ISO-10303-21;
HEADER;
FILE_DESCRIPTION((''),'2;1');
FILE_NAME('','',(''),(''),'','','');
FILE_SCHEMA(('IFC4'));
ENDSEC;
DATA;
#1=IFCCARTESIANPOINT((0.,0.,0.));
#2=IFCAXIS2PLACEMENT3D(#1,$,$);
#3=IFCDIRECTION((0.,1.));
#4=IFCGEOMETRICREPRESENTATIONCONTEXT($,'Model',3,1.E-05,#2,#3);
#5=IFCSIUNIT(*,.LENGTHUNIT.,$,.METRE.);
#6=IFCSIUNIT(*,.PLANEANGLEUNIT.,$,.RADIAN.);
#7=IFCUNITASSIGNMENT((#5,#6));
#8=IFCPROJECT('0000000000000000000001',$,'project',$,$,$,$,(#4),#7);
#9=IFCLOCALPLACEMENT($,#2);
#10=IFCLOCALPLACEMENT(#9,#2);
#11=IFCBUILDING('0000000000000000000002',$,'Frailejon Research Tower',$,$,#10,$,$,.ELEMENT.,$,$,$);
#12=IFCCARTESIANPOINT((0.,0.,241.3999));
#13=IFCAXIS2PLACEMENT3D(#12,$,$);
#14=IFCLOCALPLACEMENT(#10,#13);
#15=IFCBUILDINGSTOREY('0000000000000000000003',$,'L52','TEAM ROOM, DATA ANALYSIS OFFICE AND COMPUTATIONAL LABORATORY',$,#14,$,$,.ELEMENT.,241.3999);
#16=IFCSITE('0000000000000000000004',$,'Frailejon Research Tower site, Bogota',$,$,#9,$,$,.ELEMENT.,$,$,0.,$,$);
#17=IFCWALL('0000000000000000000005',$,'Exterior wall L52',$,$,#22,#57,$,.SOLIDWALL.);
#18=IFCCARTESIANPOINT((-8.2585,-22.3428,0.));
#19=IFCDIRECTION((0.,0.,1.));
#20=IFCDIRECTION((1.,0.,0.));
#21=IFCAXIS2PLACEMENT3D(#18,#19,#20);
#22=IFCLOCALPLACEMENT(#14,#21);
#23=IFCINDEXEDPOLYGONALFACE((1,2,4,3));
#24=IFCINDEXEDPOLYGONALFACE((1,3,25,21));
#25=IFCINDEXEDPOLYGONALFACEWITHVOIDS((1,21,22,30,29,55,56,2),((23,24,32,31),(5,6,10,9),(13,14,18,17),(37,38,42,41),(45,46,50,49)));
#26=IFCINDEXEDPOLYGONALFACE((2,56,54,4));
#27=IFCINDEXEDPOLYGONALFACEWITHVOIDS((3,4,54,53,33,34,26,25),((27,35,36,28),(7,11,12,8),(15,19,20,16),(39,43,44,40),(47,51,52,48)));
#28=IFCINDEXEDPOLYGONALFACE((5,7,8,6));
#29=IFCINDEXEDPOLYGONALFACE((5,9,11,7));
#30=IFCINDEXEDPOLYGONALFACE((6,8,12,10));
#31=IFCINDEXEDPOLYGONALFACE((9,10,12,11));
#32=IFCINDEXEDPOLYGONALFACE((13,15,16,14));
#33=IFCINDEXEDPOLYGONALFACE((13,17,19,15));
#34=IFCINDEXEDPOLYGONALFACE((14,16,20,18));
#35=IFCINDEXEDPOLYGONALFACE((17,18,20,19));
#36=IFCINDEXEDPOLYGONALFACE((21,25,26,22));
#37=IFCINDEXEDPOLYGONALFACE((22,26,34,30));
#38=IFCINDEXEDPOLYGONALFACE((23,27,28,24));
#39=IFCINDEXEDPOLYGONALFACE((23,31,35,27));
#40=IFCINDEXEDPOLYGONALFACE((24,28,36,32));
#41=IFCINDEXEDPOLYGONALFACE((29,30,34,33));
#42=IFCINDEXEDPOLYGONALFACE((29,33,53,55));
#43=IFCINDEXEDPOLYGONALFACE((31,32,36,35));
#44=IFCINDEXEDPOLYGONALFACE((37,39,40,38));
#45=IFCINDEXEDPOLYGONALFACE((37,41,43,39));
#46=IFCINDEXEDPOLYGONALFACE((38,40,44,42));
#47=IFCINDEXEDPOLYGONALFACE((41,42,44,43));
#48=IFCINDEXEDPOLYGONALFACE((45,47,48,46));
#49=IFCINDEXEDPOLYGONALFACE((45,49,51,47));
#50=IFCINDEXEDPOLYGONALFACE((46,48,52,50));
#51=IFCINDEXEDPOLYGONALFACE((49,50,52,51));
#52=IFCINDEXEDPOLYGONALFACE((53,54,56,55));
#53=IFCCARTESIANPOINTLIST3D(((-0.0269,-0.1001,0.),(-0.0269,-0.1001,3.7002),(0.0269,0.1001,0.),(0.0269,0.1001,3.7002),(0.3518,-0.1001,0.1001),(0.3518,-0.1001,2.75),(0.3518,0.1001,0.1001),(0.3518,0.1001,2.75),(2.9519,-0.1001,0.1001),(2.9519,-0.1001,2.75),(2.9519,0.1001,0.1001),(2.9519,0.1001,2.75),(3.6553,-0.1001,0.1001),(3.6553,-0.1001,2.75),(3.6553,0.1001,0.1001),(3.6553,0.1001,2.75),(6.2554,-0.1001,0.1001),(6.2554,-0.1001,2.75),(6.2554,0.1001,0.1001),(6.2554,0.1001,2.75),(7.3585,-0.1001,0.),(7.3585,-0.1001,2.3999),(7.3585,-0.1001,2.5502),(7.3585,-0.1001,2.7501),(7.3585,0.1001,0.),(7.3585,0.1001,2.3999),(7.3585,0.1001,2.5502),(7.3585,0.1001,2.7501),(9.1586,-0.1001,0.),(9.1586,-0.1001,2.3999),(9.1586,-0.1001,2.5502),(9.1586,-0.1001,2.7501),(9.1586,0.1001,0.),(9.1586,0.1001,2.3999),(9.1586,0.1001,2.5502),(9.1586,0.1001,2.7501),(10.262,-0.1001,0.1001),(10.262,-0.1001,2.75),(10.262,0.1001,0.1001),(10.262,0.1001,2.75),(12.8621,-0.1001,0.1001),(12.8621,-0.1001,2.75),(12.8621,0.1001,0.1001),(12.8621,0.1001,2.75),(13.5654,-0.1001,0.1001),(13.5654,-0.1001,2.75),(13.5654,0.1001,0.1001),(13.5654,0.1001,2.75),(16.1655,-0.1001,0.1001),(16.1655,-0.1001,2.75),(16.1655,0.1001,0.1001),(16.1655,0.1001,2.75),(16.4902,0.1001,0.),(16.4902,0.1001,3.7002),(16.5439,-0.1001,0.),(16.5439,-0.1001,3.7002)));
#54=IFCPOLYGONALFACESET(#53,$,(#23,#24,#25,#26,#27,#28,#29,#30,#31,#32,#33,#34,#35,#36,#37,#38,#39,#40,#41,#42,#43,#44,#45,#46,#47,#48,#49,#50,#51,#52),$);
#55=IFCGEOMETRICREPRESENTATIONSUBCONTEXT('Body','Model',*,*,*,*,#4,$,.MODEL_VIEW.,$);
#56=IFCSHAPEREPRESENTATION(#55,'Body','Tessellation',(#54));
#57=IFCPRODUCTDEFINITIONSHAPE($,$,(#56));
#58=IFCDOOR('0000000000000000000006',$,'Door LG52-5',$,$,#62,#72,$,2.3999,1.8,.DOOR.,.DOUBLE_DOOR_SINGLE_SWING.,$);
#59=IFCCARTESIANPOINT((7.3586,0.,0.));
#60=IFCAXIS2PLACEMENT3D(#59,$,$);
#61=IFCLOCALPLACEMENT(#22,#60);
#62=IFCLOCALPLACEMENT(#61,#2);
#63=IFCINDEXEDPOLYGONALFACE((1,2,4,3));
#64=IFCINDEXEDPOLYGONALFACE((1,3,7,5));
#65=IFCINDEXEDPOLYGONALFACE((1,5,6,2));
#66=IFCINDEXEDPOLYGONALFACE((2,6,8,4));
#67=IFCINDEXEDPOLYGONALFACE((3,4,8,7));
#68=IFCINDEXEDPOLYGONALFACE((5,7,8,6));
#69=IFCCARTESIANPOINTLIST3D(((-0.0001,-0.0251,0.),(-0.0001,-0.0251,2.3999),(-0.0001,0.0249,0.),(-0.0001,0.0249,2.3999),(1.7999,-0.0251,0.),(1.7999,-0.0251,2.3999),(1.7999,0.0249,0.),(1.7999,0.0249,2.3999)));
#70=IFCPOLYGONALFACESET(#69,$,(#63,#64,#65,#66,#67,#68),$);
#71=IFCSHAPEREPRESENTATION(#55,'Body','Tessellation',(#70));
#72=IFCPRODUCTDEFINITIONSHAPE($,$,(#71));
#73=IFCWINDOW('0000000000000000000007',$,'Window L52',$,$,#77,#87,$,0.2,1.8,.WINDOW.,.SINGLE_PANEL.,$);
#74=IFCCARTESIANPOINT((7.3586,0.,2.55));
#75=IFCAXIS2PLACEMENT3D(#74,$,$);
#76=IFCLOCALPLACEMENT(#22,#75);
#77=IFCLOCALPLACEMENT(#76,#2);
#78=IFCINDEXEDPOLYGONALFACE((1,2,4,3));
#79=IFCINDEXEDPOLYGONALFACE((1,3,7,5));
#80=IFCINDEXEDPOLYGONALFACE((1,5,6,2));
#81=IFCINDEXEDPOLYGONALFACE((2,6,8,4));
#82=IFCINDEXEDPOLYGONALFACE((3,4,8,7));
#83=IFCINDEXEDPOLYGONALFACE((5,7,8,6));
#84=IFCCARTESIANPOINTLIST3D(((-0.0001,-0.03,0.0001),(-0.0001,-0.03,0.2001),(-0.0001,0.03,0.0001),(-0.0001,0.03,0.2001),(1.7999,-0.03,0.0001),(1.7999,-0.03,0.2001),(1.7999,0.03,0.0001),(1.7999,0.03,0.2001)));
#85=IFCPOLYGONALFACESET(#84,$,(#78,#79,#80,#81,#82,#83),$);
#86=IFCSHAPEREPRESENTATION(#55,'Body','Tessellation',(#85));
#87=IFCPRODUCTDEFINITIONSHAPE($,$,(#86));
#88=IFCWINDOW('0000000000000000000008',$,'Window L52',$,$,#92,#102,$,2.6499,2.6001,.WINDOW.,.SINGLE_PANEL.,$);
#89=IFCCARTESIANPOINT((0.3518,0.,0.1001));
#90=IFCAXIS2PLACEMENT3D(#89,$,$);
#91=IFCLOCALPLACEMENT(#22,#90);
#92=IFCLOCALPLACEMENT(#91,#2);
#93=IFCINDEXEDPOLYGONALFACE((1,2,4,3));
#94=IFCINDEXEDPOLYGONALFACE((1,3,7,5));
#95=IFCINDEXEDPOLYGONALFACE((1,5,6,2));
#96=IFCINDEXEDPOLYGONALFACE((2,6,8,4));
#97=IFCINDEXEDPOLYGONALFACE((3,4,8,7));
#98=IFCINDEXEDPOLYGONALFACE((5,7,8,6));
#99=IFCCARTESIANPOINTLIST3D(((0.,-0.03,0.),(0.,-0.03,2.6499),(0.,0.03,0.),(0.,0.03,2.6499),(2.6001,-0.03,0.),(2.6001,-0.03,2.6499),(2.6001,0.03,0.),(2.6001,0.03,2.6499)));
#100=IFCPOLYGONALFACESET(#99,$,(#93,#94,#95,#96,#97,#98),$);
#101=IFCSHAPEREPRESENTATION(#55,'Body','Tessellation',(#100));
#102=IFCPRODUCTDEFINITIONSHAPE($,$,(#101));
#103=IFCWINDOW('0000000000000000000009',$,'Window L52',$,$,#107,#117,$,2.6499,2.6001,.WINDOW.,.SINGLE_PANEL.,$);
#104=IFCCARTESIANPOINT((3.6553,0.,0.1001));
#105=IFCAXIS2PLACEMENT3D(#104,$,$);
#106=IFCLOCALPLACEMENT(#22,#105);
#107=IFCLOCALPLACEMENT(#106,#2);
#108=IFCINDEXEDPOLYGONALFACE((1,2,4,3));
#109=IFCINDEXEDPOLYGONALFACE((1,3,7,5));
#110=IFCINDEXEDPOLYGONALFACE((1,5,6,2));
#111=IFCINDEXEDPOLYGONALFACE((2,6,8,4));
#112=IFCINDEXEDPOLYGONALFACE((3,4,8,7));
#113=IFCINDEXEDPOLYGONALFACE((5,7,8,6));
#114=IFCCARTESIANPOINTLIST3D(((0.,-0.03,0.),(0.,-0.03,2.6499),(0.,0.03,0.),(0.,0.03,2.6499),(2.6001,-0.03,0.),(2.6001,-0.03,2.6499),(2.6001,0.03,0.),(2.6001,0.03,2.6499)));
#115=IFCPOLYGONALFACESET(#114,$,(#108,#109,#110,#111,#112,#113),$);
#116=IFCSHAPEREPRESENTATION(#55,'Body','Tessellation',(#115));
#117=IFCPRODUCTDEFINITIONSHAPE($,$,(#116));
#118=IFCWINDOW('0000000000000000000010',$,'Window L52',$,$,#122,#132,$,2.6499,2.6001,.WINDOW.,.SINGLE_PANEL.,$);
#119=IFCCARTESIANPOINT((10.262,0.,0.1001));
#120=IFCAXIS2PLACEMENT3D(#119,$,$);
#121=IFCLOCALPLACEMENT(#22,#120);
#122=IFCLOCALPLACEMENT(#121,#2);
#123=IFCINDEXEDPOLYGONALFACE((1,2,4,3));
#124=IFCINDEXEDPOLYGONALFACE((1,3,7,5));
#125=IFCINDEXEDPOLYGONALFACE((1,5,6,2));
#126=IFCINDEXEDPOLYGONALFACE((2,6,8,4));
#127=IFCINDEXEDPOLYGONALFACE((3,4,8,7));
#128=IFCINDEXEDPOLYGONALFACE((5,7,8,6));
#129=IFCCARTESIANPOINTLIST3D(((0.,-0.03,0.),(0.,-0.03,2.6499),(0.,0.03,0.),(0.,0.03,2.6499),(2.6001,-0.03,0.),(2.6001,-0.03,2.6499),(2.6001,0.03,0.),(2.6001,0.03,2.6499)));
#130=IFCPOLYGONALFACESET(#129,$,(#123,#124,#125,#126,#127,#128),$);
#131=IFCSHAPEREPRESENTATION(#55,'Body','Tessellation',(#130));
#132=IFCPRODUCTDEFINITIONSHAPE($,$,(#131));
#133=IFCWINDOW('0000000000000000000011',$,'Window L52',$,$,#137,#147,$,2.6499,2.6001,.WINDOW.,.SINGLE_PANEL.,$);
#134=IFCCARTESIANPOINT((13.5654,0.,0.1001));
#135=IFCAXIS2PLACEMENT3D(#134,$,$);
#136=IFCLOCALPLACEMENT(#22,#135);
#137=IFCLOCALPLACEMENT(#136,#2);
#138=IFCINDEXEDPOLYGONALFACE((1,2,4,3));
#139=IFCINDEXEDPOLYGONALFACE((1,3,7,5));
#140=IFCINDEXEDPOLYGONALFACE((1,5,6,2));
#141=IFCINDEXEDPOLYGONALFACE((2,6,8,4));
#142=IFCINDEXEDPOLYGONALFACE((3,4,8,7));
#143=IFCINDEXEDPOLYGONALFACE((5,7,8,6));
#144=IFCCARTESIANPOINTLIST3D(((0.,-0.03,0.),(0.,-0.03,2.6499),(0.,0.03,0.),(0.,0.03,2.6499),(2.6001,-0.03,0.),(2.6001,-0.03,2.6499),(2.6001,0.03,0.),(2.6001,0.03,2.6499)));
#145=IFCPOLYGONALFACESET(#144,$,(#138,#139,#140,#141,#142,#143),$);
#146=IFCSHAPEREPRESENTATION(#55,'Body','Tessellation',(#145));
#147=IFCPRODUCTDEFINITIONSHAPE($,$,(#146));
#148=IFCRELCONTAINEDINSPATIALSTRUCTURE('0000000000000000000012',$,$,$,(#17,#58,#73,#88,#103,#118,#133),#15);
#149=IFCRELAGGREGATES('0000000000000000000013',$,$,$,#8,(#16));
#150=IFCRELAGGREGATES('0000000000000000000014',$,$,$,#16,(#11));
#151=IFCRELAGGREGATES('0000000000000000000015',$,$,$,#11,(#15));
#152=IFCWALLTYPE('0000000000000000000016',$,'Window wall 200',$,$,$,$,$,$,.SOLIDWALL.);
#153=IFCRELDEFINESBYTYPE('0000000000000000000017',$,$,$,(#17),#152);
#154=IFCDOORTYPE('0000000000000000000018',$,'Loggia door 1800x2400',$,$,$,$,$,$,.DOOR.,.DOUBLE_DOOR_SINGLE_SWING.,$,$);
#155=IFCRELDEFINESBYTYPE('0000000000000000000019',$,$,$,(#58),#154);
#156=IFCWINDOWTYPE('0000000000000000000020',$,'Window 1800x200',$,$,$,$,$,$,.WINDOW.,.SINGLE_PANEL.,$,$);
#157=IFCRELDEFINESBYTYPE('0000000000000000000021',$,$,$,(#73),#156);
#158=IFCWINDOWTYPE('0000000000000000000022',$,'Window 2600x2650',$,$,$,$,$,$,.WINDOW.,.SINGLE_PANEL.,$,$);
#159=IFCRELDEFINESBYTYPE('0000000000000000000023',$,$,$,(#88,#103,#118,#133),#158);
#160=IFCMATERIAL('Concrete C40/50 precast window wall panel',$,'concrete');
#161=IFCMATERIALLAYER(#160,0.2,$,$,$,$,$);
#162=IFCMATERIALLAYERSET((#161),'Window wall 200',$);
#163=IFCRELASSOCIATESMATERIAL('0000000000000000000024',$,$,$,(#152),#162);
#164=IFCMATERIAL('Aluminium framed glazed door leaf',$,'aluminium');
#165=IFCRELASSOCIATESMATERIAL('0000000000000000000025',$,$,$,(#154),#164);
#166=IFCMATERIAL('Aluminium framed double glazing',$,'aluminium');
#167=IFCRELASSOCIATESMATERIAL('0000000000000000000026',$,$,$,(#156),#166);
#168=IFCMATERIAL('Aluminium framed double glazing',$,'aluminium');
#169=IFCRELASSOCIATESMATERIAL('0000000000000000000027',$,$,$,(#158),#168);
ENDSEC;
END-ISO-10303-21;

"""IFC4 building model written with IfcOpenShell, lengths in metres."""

from ifc_helpers import new_model, si_unit, direction, frame, frame_2d, origin, place, context, subcontext, project, spatial, polyline, rectangle, outline, extrude, material, layer, layer_set, type_object, element, fill, save


model = new_model("IFC4")

# Units and contexts
model_context = context("Model", 3, precision=1e-05, world=origin(), true_north=direction((0.0, 1.0)))
body_context = subcontext(model_context, "Body", "Model", "MODEL_VIEW")
ifc_project = project(units=[si_unit("LENGTHUNIT", "METRE"), si_unit("PLANEANGLEUNIT", "RADIAN")], contexts=[model_context])

# Site, building, storey
site_placement = place(None, origin())
site = spatial("IfcSite", under=ifc_project, at=site_placement, Name="Frailejon Research Tower site, Bogota", CompositionType="ELEMENT", RefElevation=0.0)
building_placement = place(site_placement, origin())
building = spatial("IfcBuilding", under=site, at=building_placement, Name="Frailejon Research Tower", CompositionType="ELEMENT")
storey_placement = place(building_placement, frame((0.0, 0.0, 241.3999)))
storey = spatial("IfcBuildingStorey", under=building, at=storey_placement, Name="L52", Description="TEAM ROOM, DATA ANALYSIS OFFICE AND COMPUTATIONAL LABORATORY", CompositionType="ELEMENT", Elevation=241.3999)

# Wall, openings, door, windows
ifc_material_1 = material(Name="Concrete C40/50 precast window wall panel", Category="concrete")
ifc_layer_1 = layer(ifc_material_1, 0.2)
ifc_layer_set_1 = layer_set([ifc_layer_1], Name="Window wall 200")
wall_type_1 = type_object("IfcWallType", Name="Window wall 200", PredefinedType="SOLIDWALL", material=ifc_layer_set_1)
wall_1_placement = place(storey_placement, frame((-8.2585, -22.3428, 0.0), z_axis=(0.0, 0.0, 1.0), x_axis=(1.0, 0.0, 0.0)))
wall_1 = element("IfcWall", 1, at=wall_1_placement, inside=storey, type_object=wall_type_1, Name="Exterior wall L52", PredefinedType="SOLIDWALL", context=body_context, shape_type="SweptSolid", body=[
    extrude(outline(polyline([(-0.0269, -0.1001), (1.0088, -0.1001), (2.0444, -0.1001), (3.0801, -0.1001), (4.1157, -0.1001), (5.1516, -0.1001), (6.1873, -0.1001), (7.2229, -0.1001), (8.2585, -0.1001), (9.2942, -0.1001), (10.3298, -0.1001), (11.3655, -0.1001), (12.4014, -0.1001), (13.437, -0.1001), (14.4727, -0.1001), (15.5083, -0.1001), (16.5439, -0.1001), (16.4902, 0.1001), (15.4612, 0.1001), (14.4324, 0.1001), (13.4033, 0.1001), (12.3745, 0.1001), (11.3455, 0.1001), (10.3164, 0.1001), (9.2876, 0.1001), (8.2585, 0.1001), (7.2295, 0.1001), (6.2007, 0.1001), (5.1716, 0.1001), (4.1426, 0.1001), (3.1138, 0.1001), (2.0847, 0.1001), (1.0559, 0.1001), (0.0269, 0.1001), (-0.0269, -0.1001)])), origin(), (0.0, 0.0, 1.0), 3.7002),
])
opening_1_placement = place(wall_1_placement, frame((0.3518, 0.0, 0.1001)))
opening_1 = element("IfcOpeningElement", 2, at=opening_1_placement, cuts=wall_1, PredefinedType="OPENING", context=body_context, shape_type="SweptSolid", body=[
    extrude(rectangle(XDim=2.6001, YDim=2.6499, at=frame_2d((1.3, 1.325))), frame((0.0, 0.1099, 0.0), z_axis=(0.0, -1.0, 0.0), x_axis=(1.0, 0.0, 0.0)), (0.0, 0.0, 1.0), 0.22),
])
opening_2_placement = place(wall_1_placement, frame((3.6553, 0.0, 0.1001)))
opening_2 = element("IfcOpeningElement", 3, at=opening_2_placement, cuts=wall_1, PredefinedType="OPENING", context=body_context, shape_type="SweptSolid", body=[
    extrude(rectangle(XDim=2.6001, YDim=2.6499, at=frame_2d((1.3, 1.325))), frame((0.0, 0.1099, 0.0), z_axis=(0.0, -1.0, 0.0), x_axis=(1.0, 0.0, 0.0)), (0.0, 0.0, 1.0), 0.22),
])
opening_3_placement = place(wall_1_placement, frame((7.3586, 0.0, 0.0)))
opening_3 = element("IfcOpeningElement", 4, at=opening_3_placement, cuts=wall_1, PredefinedType="OPENING", context=body_context, shape_type="SweptSolid", body=[
    extrude(rectangle(XDim=1.8, YDim=2.3999, at=frame_2d((0.8999, 1.2))), frame((0.0, 0.1099, 0.0), z_axis=(0.0, -1.0, 0.0), x_axis=(1.0, 0.0, 0.0)), (0.0, 0.0, 1.0), 0.22),
])
opening_4_placement = place(wall_1_placement, frame((7.3586, 0.0, 2.55)))
opening_4 = element("IfcOpeningElement", 5, at=opening_4_placement, cuts=wall_1, PredefinedType="OPENING", context=body_context, shape_type="SweptSolid", body=[
    extrude(rectangle(XDim=1.8, YDim=0.2, at=frame_2d((0.8999, 0.1001))), frame((0.0, 0.1099, 0.0), z_axis=(0.0, -1.0, 0.0), x_axis=(1.0, 0.0, 0.0)), (0.0, 0.0, 1.0), 0.22),
])
opening_5_placement = place(wall_1_placement, frame((10.262, 0.0, 0.1001)))
opening_5 = element("IfcOpeningElement", 6, at=opening_5_placement, cuts=wall_1, PredefinedType="OPENING", context=body_context, shape_type="SweptSolid", body=[
    extrude(rectangle(XDim=2.6001, YDim=2.6499, at=frame_2d((1.3, 1.325))), frame((0.0, 0.1099, 0.0), z_axis=(0.0, -1.0, 0.0), x_axis=(1.0, 0.0, 0.0)), (0.0, 0.0, 1.0), 0.22),
])
opening_6_placement = place(wall_1_placement, frame((13.5654, 0.0, 0.1001)))
opening_6 = element("IfcOpeningElement", 7, at=opening_6_placement, cuts=wall_1, PredefinedType="OPENING", context=body_context, shape_type="SweptSolid", body=[
    extrude(rectangle(XDim=2.6001, YDim=2.6499, at=frame_2d((1.3, 1.325))), frame((0.0, 0.1099, 0.0), z_axis=(0.0, -1.0, 0.0), x_axis=(1.0, 0.0, 0.0)), (0.0, 0.0, 1.0), 0.22),
])
ifc_material_2 = material(Name="Aluminium framed glazed door leaf", Category="aluminium")
door_type = type_object("IfcDoorType", Name="Loggia door 1800x2400", OperationType="DOUBLE_DOOR_SINGLE_SWING", PredefinedType="DOOR", material=ifc_material_2)
door_placement = place(opening_3_placement, origin())
door = element("IfcDoor", 8, at=door_placement, inside=storey, type_object=door_type, Name="Door LG52-5", OperationType="DOUBLE_DOOR_SINGLE_SWING", OverallHeight=2.3999, OverallWidth=1.8, PredefinedType="DOOR", context=body_context, shape_type="SweptSolid", body=[
    extrude(rectangle(XDim=1.8, YDim=2.3999, at=frame_2d((0.8999, 1.2))), frame((0.0, 0.0249, 0.0), z_axis=(0.0, -1.0, 0.0), x_axis=(1.0, 0.0, 0.0)), (0.0, 0.0, 1.0), 0.05),
])
fill(opening_3, door)
ifc_material_3 = material(Name="Aluminium framed double glazing", Category="aluminium")
window_type_1 = type_object("IfcWindowType", Name="Window 1800x200", PartitioningType="SINGLE_PANEL", PredefinedType="WINDOW", material=ifc_material_3)
window_1_placement = place(opening_4_placement, origin())
window_1 = element("IfcWindow", 9, at=window_1_placement, inside=storey, type_object=window_type_1, Name="Window L52", OverallHeight=0.2, OverallWidth=1.8, PartitioningType="SINGLE_PANEL", PredefinedType="WINDOW", context=body_context, shape_type="SweptSolid", body=[
    extrude(rectangle(XDim=1.8, YDim=0.2, at=frame_2d((0.8999, 0.1001))), frame((0.0, 0.03, 0.0), z_axis=(0.0, -1.0, 0.0), x_axis=(1.0, 0.0, 0.0)), (0.0, 0.0, 1.0), 0.0601),
])
fill(opening_4, window_1)
ifc_material_4 = material(Name="Aluminium framed double glazing", Category="aluminium")
window_type_2 = type_object("IfcWindowType", Name="Window 2600x2650", PartitioningType="SINGLE_PANEL", PredefinedType="WINDOW", material=ifc_material_4)
window_2_placement = place(opening_1_placement, origin())
window_2 = element("IfcWindow", 10, at=window_2_placement, inside=storey, type_object=window_type_2, Name="Window L52", OverallHeight=2.6499, OverallWidth=2.6001, PartitioningType="SINGLE_PANEL", PredefinedType="WINDOW", context=body_context, shape_type="SweptSolid", body=[
    extrude(rectangle(XDim=2.6001, YDim=2.6499, at=frame_2d((1.3, 1.325))), frame((0.0, 0.03, 0.0), z_axis=(0.0, -1.0, 0.0), x_axis=(1.0, 0.0, 0.0)), (0.0, 0.0, 1.0), 0.0601),
])
fill(opening_1, window_2)
window_3_placement = place(opening_2_placement, origin())
window_3 = element("IfcWindow", 11, at=window_3_placement, inside=storey, type_object=window_type_2, Name="Window L52", OverallHeight=2.6499, OverallWidth=2.6001, PartitioningType="SINGLE_PANEL", PredefinedType="WINDOW", context=body_context, shape_type="SweptSolid", body=[
    extrude(rectangle(XDim=2.6001, YDim=2.6499, at=frame_2d((1.3, 1.325))), frame((0.0, 0.03, 0.0), z_axis=(0.0, -1.0, 0.0), x_axis=(1.0, 0.0, 0.0)), (0.0, 0.0, 1.0), 0.0601),
])
fill(opening_2, window_3)
window_4_placement = place(opening_5_placement, origin())
window_4 = element("IfcWindow", 12, at=window_4_placement, inside=storey, type_object=window_type_2, Name="Window L52", OverallHeight=2.6499, OverallWidth=2.6001, PartitioningType="SINGLE_PANEL", PredefinedType="WINDOW", context=body_context, shape_type="SweptSolid", body=[
    extrude(rectangle(XDim=2.6001, YDim=2.6499, at=frame_2d((1.3, 1.325))), frame((0.0, 0.03, 0.0), z_axis=(0.0, -1.0, 0.0), x_axis=(1.0, 0.0, 0.0)), (0.0, 0.0, 1.0), 0.0601),
])
fill(opening_5, window_4)
window_5_placement = place(opening_6_placement, origin())
window_5 = element("IfcWindow", 13, at=window_5_placement, inside=storey, type_object=window_type_2, Name="Window L52", OverallHeight=2.6499, OverallWidth=2.6001, PartitioningType="SINGLE_PANEL", PredefinedType="WINDOW", context=body_context, shape_type="SweptSolid", body=[
    extrude(rectangle(XDim=2.6001, YDim=2.6499, at=frame_2d((1.3, 1.325))), frame((0.0, 0.03, 0.0), z_axis=(0.0, -1.0, 0.0), x_axis=(1.0, 0.0, 0.0)), (0.0, 0.0, 1.0), 0.0601),
])
fill(opening_6, window_5)

save(model, "model.ifc")
